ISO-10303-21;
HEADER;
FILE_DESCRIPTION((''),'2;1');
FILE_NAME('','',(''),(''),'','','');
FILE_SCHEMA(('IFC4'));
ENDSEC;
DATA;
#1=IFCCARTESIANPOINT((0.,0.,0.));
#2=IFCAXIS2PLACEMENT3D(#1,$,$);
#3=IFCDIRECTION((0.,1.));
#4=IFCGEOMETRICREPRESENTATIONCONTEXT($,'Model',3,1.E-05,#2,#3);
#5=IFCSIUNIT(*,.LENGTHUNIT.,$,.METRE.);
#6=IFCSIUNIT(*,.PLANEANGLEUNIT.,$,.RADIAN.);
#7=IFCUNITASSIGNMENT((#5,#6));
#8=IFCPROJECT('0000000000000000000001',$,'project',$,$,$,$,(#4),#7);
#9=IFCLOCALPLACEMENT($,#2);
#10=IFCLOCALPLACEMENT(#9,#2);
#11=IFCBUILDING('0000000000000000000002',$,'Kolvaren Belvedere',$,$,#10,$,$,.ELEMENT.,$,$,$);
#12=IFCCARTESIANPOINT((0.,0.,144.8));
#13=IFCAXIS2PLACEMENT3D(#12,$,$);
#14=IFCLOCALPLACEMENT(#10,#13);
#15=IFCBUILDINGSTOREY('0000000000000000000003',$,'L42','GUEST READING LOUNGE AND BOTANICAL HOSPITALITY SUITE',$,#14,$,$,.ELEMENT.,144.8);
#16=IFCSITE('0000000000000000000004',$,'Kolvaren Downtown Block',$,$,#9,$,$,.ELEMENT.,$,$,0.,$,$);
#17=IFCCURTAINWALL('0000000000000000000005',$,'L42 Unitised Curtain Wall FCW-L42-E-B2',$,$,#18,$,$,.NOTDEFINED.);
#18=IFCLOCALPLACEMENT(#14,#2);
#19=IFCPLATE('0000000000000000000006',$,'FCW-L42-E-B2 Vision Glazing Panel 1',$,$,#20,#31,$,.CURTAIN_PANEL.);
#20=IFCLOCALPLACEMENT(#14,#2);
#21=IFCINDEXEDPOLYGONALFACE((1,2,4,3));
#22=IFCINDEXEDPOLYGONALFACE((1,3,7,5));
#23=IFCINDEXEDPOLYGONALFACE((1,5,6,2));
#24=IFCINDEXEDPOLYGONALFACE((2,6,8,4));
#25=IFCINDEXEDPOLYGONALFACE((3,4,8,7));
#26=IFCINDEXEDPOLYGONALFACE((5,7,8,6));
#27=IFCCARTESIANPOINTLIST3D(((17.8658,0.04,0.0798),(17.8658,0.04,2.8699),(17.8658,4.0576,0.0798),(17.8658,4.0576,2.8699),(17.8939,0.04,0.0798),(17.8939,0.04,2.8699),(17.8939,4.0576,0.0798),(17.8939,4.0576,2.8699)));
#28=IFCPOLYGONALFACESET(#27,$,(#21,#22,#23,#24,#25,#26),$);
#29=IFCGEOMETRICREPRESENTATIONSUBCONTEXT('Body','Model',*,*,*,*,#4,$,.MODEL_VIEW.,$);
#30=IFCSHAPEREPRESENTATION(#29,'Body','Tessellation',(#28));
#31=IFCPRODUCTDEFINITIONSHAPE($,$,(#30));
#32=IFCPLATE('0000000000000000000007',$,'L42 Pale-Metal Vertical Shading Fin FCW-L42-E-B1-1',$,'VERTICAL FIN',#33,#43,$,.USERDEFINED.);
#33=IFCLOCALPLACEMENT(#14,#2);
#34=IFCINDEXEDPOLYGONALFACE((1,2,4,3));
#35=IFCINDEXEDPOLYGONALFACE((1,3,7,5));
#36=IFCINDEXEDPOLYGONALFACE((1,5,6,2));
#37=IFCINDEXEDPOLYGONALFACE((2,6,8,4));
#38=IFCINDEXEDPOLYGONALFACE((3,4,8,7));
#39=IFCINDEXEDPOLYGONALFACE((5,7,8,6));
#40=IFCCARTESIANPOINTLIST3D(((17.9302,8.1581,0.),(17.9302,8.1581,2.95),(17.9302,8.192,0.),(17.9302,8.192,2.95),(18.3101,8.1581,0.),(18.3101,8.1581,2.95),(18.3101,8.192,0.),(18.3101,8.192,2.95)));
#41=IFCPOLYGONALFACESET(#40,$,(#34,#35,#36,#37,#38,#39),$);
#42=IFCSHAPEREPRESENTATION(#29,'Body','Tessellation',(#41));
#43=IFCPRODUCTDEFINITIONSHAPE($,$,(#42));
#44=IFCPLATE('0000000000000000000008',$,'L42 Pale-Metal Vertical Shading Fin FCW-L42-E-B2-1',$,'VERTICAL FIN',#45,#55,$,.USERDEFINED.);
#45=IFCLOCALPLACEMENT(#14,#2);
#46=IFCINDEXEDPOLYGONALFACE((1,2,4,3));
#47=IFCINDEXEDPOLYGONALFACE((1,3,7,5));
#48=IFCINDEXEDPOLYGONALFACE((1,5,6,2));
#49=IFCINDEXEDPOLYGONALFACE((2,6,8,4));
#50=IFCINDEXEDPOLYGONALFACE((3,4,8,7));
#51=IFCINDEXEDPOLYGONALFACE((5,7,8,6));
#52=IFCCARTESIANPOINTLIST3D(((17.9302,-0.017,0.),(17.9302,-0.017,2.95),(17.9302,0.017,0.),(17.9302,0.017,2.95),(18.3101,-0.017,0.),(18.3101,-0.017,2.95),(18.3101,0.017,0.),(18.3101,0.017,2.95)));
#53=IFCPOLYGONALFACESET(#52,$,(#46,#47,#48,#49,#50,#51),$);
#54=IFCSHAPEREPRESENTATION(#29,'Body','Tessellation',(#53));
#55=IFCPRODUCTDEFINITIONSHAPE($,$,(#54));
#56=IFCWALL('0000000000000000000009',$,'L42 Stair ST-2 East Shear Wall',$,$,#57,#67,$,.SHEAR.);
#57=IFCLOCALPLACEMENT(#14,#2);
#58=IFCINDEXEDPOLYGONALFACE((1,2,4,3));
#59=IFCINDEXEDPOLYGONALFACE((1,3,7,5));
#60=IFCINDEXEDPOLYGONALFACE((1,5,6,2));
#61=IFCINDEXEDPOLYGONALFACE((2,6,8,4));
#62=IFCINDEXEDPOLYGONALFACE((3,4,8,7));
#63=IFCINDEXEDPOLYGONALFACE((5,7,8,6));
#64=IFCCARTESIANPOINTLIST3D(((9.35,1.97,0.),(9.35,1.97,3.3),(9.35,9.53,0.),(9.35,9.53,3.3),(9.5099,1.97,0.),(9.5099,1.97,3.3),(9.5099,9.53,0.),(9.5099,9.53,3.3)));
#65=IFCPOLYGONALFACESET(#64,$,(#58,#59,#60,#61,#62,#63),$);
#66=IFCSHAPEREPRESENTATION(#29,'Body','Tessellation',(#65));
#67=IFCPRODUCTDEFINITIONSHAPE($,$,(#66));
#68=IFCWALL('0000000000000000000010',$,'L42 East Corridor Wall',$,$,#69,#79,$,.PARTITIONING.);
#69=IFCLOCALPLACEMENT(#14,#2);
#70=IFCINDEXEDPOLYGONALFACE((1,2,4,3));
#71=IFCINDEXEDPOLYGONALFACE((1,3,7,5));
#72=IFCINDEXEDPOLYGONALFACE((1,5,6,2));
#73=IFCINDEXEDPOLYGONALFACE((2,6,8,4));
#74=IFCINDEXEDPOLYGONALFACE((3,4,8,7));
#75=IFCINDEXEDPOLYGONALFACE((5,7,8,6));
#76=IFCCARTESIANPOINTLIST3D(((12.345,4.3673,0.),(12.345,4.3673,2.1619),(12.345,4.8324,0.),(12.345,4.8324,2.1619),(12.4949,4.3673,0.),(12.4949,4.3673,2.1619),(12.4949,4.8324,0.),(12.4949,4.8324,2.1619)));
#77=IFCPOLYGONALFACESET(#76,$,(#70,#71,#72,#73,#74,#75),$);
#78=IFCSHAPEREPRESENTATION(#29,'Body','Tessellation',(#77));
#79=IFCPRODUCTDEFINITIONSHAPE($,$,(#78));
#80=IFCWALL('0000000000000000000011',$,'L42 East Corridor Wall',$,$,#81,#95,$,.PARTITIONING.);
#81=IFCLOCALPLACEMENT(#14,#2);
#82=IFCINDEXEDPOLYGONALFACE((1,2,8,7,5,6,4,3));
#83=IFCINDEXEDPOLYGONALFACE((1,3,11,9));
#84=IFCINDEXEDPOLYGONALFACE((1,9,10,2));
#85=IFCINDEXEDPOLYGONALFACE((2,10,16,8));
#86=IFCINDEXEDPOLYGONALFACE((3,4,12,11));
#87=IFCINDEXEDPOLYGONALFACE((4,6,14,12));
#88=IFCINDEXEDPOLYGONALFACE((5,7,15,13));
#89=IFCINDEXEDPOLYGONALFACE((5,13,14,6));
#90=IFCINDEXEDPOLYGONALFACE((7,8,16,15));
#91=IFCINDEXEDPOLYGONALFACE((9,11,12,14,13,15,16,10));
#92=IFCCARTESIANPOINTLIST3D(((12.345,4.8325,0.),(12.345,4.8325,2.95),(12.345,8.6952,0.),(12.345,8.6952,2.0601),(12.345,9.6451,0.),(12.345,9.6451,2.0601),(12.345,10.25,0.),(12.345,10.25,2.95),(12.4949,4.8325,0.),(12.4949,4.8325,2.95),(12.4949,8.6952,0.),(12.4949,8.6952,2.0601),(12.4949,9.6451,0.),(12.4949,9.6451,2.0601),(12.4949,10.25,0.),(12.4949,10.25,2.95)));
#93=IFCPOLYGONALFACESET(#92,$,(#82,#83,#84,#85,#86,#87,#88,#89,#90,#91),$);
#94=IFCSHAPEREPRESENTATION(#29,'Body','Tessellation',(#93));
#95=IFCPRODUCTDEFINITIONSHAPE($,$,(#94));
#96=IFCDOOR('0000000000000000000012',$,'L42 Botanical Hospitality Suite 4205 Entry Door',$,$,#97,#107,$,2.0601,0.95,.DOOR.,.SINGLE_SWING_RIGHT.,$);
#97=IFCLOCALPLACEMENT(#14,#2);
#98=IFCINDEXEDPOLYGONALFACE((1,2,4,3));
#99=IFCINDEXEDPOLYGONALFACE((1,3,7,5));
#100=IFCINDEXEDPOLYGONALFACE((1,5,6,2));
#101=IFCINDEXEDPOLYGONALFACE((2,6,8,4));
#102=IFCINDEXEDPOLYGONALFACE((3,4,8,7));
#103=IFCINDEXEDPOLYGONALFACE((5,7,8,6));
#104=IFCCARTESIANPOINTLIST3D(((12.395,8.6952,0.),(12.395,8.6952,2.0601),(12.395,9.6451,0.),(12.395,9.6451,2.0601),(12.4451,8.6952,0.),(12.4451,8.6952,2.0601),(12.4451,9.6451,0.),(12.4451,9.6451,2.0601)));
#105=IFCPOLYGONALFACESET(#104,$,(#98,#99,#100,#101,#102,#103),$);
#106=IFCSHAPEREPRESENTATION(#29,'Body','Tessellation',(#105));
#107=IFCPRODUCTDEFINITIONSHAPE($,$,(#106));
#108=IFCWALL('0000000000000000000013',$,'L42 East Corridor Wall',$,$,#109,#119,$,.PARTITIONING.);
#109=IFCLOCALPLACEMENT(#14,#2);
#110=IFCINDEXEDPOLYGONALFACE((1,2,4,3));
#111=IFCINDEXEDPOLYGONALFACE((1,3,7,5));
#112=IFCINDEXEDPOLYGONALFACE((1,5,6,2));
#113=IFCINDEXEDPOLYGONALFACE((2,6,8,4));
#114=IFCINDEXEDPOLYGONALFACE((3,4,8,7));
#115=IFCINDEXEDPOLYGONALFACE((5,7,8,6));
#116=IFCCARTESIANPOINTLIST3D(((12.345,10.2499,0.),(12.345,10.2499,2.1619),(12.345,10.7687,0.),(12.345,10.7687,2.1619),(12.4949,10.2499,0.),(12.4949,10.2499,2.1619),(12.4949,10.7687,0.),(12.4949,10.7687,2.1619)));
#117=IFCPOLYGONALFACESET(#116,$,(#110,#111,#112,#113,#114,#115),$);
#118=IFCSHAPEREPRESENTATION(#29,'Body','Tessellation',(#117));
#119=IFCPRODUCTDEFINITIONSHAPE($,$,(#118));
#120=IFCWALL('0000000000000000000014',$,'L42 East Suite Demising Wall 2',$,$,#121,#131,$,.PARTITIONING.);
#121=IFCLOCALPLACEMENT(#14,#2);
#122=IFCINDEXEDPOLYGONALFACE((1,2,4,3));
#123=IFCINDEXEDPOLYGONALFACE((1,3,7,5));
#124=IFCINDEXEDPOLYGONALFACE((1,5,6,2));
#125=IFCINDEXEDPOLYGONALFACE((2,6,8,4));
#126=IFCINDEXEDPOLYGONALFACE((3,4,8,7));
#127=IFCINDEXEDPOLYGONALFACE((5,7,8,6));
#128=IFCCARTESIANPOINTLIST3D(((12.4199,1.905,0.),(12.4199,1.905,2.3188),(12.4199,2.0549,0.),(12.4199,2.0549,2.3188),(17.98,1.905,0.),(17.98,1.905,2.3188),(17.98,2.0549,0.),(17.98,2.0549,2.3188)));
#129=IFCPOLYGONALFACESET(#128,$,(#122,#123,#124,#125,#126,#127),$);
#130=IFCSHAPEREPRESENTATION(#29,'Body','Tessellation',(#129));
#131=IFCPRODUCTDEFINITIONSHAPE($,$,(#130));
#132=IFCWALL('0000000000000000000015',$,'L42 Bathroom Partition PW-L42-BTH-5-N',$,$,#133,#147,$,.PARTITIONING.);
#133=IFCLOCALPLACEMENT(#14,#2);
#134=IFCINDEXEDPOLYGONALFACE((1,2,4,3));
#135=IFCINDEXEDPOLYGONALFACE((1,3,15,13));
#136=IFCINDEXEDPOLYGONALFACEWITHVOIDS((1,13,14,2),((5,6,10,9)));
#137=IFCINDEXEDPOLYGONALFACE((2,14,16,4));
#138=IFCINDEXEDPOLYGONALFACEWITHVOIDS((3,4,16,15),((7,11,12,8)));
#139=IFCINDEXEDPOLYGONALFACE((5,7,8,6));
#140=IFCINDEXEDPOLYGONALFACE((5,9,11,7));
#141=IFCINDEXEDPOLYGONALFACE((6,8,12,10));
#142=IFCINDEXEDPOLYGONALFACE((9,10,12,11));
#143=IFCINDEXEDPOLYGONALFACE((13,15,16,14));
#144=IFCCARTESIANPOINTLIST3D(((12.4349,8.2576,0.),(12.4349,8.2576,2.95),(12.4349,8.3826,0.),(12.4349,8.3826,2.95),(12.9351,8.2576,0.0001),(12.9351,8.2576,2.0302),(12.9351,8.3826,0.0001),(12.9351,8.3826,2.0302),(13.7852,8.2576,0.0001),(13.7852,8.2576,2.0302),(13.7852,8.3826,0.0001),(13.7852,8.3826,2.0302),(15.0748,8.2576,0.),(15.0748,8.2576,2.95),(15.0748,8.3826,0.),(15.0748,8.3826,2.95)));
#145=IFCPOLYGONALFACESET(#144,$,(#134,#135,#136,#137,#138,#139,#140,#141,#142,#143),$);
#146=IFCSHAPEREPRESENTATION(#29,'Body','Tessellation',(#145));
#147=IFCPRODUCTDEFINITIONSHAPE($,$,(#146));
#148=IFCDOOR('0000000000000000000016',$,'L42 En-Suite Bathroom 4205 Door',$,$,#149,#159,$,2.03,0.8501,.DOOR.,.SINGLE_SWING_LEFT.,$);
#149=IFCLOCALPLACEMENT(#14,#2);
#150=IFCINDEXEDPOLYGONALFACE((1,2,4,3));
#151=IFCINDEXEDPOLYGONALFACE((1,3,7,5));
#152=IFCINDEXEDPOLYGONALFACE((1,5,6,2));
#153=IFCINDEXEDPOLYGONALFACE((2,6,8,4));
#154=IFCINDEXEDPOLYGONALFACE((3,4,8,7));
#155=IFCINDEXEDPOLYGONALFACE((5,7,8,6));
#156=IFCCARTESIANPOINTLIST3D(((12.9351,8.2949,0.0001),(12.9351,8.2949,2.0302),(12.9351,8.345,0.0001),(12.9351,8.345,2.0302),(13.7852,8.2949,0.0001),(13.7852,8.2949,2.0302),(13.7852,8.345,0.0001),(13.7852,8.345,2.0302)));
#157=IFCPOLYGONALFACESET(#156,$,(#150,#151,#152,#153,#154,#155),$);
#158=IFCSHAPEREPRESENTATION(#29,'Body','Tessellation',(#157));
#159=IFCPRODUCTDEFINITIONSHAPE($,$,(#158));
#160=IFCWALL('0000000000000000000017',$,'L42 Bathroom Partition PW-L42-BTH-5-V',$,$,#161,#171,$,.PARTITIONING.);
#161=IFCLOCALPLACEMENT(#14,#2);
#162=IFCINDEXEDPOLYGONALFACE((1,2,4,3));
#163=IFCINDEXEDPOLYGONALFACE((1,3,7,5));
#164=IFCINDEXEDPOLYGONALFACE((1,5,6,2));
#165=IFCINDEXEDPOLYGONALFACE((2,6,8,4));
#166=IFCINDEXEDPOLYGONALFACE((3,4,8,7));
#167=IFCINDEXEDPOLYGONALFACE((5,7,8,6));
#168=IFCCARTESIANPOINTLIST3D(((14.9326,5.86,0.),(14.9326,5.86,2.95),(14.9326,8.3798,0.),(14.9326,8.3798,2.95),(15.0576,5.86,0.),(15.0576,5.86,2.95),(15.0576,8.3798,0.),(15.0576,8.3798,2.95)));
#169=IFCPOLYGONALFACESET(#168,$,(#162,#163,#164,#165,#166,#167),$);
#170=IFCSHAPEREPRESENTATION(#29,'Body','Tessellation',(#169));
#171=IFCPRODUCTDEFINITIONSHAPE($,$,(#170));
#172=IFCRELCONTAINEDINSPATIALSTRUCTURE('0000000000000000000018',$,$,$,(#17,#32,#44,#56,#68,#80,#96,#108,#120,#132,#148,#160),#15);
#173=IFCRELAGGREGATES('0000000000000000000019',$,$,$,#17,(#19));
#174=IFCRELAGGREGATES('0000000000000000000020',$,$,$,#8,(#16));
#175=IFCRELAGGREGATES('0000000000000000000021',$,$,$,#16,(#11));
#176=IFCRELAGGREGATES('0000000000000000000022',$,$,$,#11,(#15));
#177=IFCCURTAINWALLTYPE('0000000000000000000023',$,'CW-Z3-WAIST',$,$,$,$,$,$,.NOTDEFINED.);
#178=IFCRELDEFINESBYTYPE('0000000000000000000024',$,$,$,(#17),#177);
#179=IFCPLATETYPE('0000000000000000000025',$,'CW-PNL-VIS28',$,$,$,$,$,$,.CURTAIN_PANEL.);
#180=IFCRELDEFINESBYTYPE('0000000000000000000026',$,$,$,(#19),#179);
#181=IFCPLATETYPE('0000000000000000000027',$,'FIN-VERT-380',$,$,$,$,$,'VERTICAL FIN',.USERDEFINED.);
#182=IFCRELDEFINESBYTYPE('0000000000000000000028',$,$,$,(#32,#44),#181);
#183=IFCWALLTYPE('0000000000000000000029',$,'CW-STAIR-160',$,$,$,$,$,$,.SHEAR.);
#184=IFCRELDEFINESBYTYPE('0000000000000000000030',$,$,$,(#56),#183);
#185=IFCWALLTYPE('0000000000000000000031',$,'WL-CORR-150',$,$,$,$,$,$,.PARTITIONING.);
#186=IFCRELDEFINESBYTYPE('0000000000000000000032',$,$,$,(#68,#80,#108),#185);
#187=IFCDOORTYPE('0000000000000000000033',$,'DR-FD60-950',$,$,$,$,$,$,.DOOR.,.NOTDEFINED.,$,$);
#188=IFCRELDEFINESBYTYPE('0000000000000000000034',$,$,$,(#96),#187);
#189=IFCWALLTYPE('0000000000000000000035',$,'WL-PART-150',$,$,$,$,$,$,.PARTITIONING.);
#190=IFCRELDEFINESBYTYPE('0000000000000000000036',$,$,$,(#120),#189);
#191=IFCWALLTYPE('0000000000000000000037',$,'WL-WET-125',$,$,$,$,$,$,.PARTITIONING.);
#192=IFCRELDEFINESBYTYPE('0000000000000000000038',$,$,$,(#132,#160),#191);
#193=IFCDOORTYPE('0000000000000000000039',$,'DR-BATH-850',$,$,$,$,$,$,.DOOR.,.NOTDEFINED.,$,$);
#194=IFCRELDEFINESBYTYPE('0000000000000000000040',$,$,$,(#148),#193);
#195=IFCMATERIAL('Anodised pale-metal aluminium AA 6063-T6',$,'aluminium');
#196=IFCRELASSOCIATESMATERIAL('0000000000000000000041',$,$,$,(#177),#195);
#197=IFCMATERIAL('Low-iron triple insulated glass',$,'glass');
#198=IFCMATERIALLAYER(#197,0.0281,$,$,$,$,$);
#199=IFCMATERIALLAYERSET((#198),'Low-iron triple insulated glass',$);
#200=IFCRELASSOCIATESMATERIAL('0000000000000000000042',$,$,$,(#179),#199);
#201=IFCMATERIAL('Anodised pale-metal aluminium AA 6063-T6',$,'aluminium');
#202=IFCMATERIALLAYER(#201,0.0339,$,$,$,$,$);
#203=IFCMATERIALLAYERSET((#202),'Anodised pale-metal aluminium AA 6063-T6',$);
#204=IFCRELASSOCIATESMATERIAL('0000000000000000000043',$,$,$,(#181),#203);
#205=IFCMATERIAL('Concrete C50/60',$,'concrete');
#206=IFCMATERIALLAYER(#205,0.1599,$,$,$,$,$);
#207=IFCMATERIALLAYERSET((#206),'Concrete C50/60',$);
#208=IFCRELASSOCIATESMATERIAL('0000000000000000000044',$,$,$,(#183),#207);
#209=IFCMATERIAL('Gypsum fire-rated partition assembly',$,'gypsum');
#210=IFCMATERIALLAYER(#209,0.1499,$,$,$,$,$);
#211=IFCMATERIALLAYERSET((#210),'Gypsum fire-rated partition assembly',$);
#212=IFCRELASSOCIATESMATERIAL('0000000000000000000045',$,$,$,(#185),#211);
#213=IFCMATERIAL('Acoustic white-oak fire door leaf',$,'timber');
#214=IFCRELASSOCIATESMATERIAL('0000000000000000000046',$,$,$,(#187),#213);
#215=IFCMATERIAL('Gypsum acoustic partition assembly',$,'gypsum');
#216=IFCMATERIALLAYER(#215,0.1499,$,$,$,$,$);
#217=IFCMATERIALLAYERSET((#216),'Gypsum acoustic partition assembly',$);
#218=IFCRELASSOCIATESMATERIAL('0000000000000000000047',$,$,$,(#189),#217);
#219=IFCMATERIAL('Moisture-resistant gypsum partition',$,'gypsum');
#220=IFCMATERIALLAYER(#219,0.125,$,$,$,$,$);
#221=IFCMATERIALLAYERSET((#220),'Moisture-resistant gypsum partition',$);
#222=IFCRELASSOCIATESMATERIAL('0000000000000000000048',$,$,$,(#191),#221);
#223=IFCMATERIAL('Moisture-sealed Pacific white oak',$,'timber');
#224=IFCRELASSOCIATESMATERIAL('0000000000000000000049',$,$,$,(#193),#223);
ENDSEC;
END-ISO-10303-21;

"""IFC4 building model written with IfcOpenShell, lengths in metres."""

from ifc_helpers import new_model, si_unit, direction, frame, frame_2d, origin, origin_2d, place, context, subcontext, project, spatial, rectangle, extrude, material, layer, layer_set, type_object, element, fill, aggregate, save


model = new_model("IFC4")

# Units and contexts
model_context = context("Model", 3, precision=1e-05, world=origin(), true_north=direction((0.0, 1.0)))
body_context = subcontext(model_context, "Body", "Model", "MODEL_VIEW")
ifc_project = project(units=[si_unit("LENGTHUNIT", "METRE"), si_unit("PLANEANGLEUNIT", "RADIAN")], contexts=[model_context])

# Site, building, storey
site_placement = place(None, origin())
site = spatial("IfcSite", under=ifc_project, at=site_placement, Name="Kolvaren Downtown Block", CompositionType="ELEMENT", RefElevation=0.0)
building_placement = place(site_placement, origin())
building = spatial("IfcBuilding", under=site, at=building_placement, Name="Kolvaren Belvedere", CompositionType="ELEMENT")
storey_placement = place(building_placement, frame((0.0, 0.0, 144.8)))
storey = spatial("IfcBuildingStorey", under=building, at=storey_placement, Name="L42", Description="GUEST READING LOUNGE AND BOTANICAL HOSPITALITY SUITE", CompositionType="ELEMENT", Elevation=144.8)

# Curtain wall
ifc_material_1 = material(Name="Anodised pale-metal aluminium AA 6063-T6", Category="aluminium")
curtain_wall_type = type_object("IfcCurtainWallType", Name="CW-Z3-WAIST", PredefinedType="NOTDEFINED", material=ifc_material_1)
curtain_wall_1_placement = place(storey_placement, origin())
curtain_wall_1 = element("IfcCurtainWall", 1, at=curtain_wall_1_placement, inside=storey, type_object=curtain_wall_type, Name="L42 Unitised Curtain Wall FCW-L42-E-B2", PredefinedType="NOTDEFINED")

# Plate
ifc_material_2 = material(Name="Low-iron triple insulated glass", Category="glass")
ifc_layer_1 = layer(ifc_material_2, 0.0281)
ifc_layer_set_1 = layer_set([ifc_layer_1], Name="Low-iron triple insulated glass")
plate_type_1 = type_object("IfcPlateType", Name="CW-PNL-VIS28", PredefinedType="CURTAIN_PANEL", material=ifc_layer_set_1)
plate_1_placement = place(storey_placement, frame((17.8799, 2.0488, 0.0798), z_axis=(0.0, 0.0, 1.0), x_axis=(0.0, -1.0, 0.0)))
plate_1 = element("IfcPlate", 2, at=plate_1_placement, type_object=plate_type_1, Name="FCW-L42-E-B2 Vision Glazing Panel 1", PredefinedType="CURTAIN_PANEL", context=body_context, shape_type="SweptSolid", body=[
    extrude(rectangle(XDim=4.0176, YDim=0.0281, at=origin_2d()), origin(), (0.0, 0.0, 1.0), 2.79),
])
aggregate(curtain_wall_1, [plate_1])

# Plates
ifc_material_3 = material(Name="Anodised pale-metal aluminium AA 6063-T6", Category="aluminium")
ifc_layer_2 = layer(ifc_material_3, 0.0339)
ifc_layer_set_2 = layer_set([ifc_layer_2], Name="Anodised pale-metal aluminium AA 6063-T6")
plate_type_2 = type_object("IfcPlateType", Name="FIN-VERT-380", ElementType="VERTICAL FIN", PredefinedType="USERDEFINED", material=ifc_layer_set_2)
for number, where, z_axis, x_axis, name in (
    (3, (18.1201, 8.175, 0.0), (0.0, 0.0, 1.0), (1.0, 0.0, 0.0), "L42 Pale-Metal Vertical Shading Fin FCW-L42-E-B1-1"),
    (4, (18.1201, 0.0, 0.0), (0.0, 0.0, 1.0), (1.0, 0.0, 0.0), "L42 Pale-Metal Vertical Shading Fin FCW-L42-E-B2-1"),
):
    element("IfcPlate", number, at=place(storey_placement, frame(where, z_axis=z_axis, x_axis=x_axis)), inside=storey, type_object=plate_type_2, Name=name, ObjectType="VERTICAL FIN", PredefinedType="USERDEFINED", context=body_context, shape_type="SweptSolid", body=[
        extrude(rectangle(XDim=0.3799, YDim=0.0339, at=origin_2d()), origin(), (0.0, 0.0, 1.0), 2.95),
    ])

# Walls
ifc_material_4 = material(Name="Concrete C50/60", Category="concrete")
ifc_layer_3 = layer(ifc_material_4, 0.1599)
ifc_layer_set_3 = layer_set([ifc_layer_3], Name="Concrete C50/60")
wall_type_1 = type_object("IfcWallType", Name="CW-STAIR-160", PredefinedType="SHEAR", material=ifc_layer_set_3)
wall_1_placement = place(storey_placement, frame((9.4299, 1.97, 0.0), z_axis=(0.0, 0.0, 1.0), x_axis=(0.0, 1.0, 0.0)))
element("IfcWall", 5, at=wall_1_placement, inside=storey, type_object=wall_type_1, Name="L42 Stair ST-2 East Shear Wall", PredefinedType="SHEAR", context=body_context, shape_type="SweptSolid", body=[
    extrude(rectangle(XDim=7.5601, YDim=0.1599, at=frame_2d((3.78, 0.0))), origin(), (0.0, 0.0, 1.0), 3.3),
])
ifc_material_5 = material(Name="Gypsum fire-rated partition assembly", Category="gypsum")
ifc_layer_4 = layer(ifc_material_5, 0.1499)
ifc_layer_set_4 = layer_set([ifc_layer_4], Name="Gypsum fire-rated partition assembly")
wall_type_2 = type_object("IfcWallType", Name="WL-CORR-150", PredefinedType="PARTITIONING", material=ifc_layer_set_4)
wall_2_placement = place(storey_placement, frame((12.4199, 4.3674, 0.0), z_axis=(0.0, 0.0, 1.0), x_axis=(0.0, 1.0, 0.0)))
element("IfcWall", 6, at=wall_2_placement, inside=storey, type_object=wall_type_2, Name="L42 East Corridor Wall", PredefinedType="PARTITIONING", context=body_context, shape_type="SweptSolid", body=[
    extrude(rectangle(XDim=0.4651, YDim=0.1499, at=frame_2d((0.2324, 0.0))), origin(), (0.0, 0.0, 1.0), 2.1619),
])

# Wall, opening, door
wall_3_placement = place(storey_placement, frame((12.4199, 4.8325, 0.0), z_axis=(0.0, 0.0, 1.0), x_axis=(0.0, 1.0, 0.0)))
wall_3 = element("IfcWall", 7, at=wall_3_placement, inside=storey, type_object=wall_type_2, Name="L42 East Corridor Wall", PredefinedType="PARTITIONING", context=body_context, shape_type="SweptSolid", body=[
    extrude(rectangle(XDim=5.4175, YDim=0.1499, at=frame_2d((2.7087, 0.0))), origin(), (0.0, 0.0, 1.0), 2.95),
])
opening_1_placement = place(wall_3_placement, frame((3.8625, 0.0, 0.0)))
opening_1 = element("IfcOpeningElement", 8, at=opening_1_placement, cuts=wall_3, PredefinedType="OPENING", context=body_context, shape_type="SweptSolid", body=[
    extrude(rectangle(XDim=0.95, YDim=2.0601, at=frame_2d((0.4751, 1.03))), frame((0.0, 0.085, 0.0), z_axis=(0.0, -1.0, 0.0), x_axis=(1.0, 0.0, 0.0)), (0.0, 0.0, 1.0), 0.1699),
])
ifc_material_6 = material(Name="Acoustic white-oak fire door leaf", Category="timber")
door_type_1 = type_object("IfcDoorType", Name="DR-FD60-950", OperationType="NOTDEFINED", PredefinedType="DOOR", material=ifc_material_6)
door_1_placement = place(opening_1_placement, origin())
door_1 = element("IfcDoor", 9, at=door_1_placement, inside=storey, type_object=door_type_1, Name="L42 Botanical Hospitality Suite 4205 Entry Door", OperationType="SINGLE_SWING_RIGHT", OverallHeight=2.0601, OverallWidth=0.95, PredefinedType="DOOR", context=body_context, shape_type="SweptSolid", body=[
    extrude(rectangle(XDim=0.95, YDim=2.0601, at=frame_2d((0.4751, 1.03))), frame((0.0, 0.0249, 0.0), z_axis=(0.0, -1.0, 0.0), x_axis=(1.0, 0.0, 0.0)), (0.0, 0.0, 1.0), 0.05),
])
fill(opening_1, door_1)

# Walls
wall_4_placement = place(storey_placement, frame((12.4199, 10.25, 0.0), z_axis=(0.0, 0.0, 1.0), x_axis=(0.0, 1.0, 0.0)))
element("IfcWall", 10, at=wall_4_placement, inside=storey, type_object=wall_type_2, Name="L42 East Corridor Wall", PredefinedType="PARTITIONING", context=body_context, shape_type="SweptSolid", body=[
    extrude(rectangle(XDim=0.5188, YDim=0.1499, at=frame_2d((0.2593, 0.0))), origin(), (0.0, 0.0, 1.0), 2.1619),
])
ifc_material_7 = material(Name="Gypsum acoustic partition assembly", Category="gypsum")
ifc_layer_5 = layer(ifc_material_7, 0.1499)
ifc_layer_set_5 = layer_set([ifc_layer_5], Name="Gypsum acoustic partition assembly")
wall_type_3 = type_object("IfcWallType", Name="WL-PART-150", PredefinedType="PARTITIONING", material=ifc_layer_set_5)
wall_5_placement = place(storey_placement, frame((12.4199, 1.98, 0.0), z_axis=(0.0, 0.0, 1.0), x_axis=(1.0, 0.0, 0.0)))
element("IfcWall", 11, at=wall_5_placement, inside=storey, type_object=wall_type_3, Name="L42 East Suite Demising Wall 2", PredefinedType="PARTITIONING", context=body_context, shape_type="SweptSolid", body=[
    extrude(rectangle(XDim=5.5601, YDim=0.1499, at=frame_2d((2.78, 0.0))), origin(), (0.0, 0.0, 1.0), 2.3188),
])

# Wall, opening, door
ifc_material_8 = material(Name="Moisture-resistant gypsum partition", Category="gypsum")
ifc_layer_6 = layer(ifc_material_8, 0.125)
ifc_layer_set_6 = layer_set([ifc_layer_6], Name="Moisture-resistant gypsum partition")
wall_type_4 = type_object("IfcWallType", Name="WL-WET-125", PredefinedType="PARTITIONING", material=ifc_layer_set_6)
wall_6_placement = place(storey_placement, frame((12.4351, 8.3201, 0.0), z_axis=(0.0, 0.0, 1.0), x_axis=(1.0, 0.0, 0.0)))
wall_6 = element("IfcWall", 12, at=wall_6_placement, inside=storey, type_object=wall_type_4, Name="L42 Bathroom Partition PW-L42-BTH-5-N", PredefinedType="PARTITIONING", context=body_context, shape_type="SweptSolid", body=[
    extrude(rectangle(XDim=2.6399, YDim=0.125, at=frame_2d((1.3198, 0.0))), origin(), (0.0, 0.0, 1.0), 2.95),
])
opening_2_placement = place(wall_6_placement, frame((0.5, 0.0, 0.0)))
opening_2 = element("IfcOpeningElement", 13, at=opening_2_placement, cuts=wall_6, PredefinedType="OPENING", context=body_context, shape_type="SweptSolid", body=[
    extrude(rectangle(XDim=0.8501, YDim=2.03, at=frame_2d((0.425, 1.0151))), frame((0.0, 0.0725, 0.0), z_axis=(0.0, -1.0, 0.0), x_axis=(1.0, 0.0, 0.0)), (0.0, 0.0, 1.0), 0.145),
])
ifc_material_9 = material(Name="Moisture-sealed Pacific white oak", Category="timber")
door_type_2 = type_object("IfcDoorType", Name="DR-BATH-850", OperationType="NOTDEFINED", PredefinedType="DOOR", material=ifc_material_9)
door_2_placement = place(opening_2_placement, origin())
door_2 = element("IfcDoor", 14, at=door_2_placement, inside=storey, type_object=door_type_2, Name="L42 En-Suite Bathroom 4205 Door", OperationType="SINGLE_SWING_LEFT", OverallHeight=2.03, OverallWidth=0.8501, PredefinedType="DOOR", context=body_context, shape_type="SweptSolid", body=[
    extrude(rectangle(XDim=0.8501, YDim=2.03, at=frame_2d((0.425, 1.0151))), frame((0.0, 0.0249, 0.0), z_axis=(0.0, -1.0, 0.0), x_axis=(1.0, 0.0, 0.0)), (0.0, 0.0, 1.0), 0.05),
])
fill(opening_2, door_2)

# Wall
wall_7_placement = place(storey_placement, frame((14.9951, 5.8601, 0.0), z_axis=(0.0, 0.0, 1.0), x_axis=(0.0, 1.0, 0.0)))
element("IfcWall", 15, at=wall_7_placement, inside=storey, type_object=wall_type_4, Name="L42 Bathroom Partition PW-L42-BTH-5-V", PredefinedType="PARTITIONING", context=body_context, shape_type="SweptSolid", body=[
    extrude(rectangle(XDim=2.5198, YDim=0.125, at=frame_2d((1.2598, 0.0))), origin(), (0.0, 0.0, 1.0), 2.95),
])

save(model, "model.ifc")
